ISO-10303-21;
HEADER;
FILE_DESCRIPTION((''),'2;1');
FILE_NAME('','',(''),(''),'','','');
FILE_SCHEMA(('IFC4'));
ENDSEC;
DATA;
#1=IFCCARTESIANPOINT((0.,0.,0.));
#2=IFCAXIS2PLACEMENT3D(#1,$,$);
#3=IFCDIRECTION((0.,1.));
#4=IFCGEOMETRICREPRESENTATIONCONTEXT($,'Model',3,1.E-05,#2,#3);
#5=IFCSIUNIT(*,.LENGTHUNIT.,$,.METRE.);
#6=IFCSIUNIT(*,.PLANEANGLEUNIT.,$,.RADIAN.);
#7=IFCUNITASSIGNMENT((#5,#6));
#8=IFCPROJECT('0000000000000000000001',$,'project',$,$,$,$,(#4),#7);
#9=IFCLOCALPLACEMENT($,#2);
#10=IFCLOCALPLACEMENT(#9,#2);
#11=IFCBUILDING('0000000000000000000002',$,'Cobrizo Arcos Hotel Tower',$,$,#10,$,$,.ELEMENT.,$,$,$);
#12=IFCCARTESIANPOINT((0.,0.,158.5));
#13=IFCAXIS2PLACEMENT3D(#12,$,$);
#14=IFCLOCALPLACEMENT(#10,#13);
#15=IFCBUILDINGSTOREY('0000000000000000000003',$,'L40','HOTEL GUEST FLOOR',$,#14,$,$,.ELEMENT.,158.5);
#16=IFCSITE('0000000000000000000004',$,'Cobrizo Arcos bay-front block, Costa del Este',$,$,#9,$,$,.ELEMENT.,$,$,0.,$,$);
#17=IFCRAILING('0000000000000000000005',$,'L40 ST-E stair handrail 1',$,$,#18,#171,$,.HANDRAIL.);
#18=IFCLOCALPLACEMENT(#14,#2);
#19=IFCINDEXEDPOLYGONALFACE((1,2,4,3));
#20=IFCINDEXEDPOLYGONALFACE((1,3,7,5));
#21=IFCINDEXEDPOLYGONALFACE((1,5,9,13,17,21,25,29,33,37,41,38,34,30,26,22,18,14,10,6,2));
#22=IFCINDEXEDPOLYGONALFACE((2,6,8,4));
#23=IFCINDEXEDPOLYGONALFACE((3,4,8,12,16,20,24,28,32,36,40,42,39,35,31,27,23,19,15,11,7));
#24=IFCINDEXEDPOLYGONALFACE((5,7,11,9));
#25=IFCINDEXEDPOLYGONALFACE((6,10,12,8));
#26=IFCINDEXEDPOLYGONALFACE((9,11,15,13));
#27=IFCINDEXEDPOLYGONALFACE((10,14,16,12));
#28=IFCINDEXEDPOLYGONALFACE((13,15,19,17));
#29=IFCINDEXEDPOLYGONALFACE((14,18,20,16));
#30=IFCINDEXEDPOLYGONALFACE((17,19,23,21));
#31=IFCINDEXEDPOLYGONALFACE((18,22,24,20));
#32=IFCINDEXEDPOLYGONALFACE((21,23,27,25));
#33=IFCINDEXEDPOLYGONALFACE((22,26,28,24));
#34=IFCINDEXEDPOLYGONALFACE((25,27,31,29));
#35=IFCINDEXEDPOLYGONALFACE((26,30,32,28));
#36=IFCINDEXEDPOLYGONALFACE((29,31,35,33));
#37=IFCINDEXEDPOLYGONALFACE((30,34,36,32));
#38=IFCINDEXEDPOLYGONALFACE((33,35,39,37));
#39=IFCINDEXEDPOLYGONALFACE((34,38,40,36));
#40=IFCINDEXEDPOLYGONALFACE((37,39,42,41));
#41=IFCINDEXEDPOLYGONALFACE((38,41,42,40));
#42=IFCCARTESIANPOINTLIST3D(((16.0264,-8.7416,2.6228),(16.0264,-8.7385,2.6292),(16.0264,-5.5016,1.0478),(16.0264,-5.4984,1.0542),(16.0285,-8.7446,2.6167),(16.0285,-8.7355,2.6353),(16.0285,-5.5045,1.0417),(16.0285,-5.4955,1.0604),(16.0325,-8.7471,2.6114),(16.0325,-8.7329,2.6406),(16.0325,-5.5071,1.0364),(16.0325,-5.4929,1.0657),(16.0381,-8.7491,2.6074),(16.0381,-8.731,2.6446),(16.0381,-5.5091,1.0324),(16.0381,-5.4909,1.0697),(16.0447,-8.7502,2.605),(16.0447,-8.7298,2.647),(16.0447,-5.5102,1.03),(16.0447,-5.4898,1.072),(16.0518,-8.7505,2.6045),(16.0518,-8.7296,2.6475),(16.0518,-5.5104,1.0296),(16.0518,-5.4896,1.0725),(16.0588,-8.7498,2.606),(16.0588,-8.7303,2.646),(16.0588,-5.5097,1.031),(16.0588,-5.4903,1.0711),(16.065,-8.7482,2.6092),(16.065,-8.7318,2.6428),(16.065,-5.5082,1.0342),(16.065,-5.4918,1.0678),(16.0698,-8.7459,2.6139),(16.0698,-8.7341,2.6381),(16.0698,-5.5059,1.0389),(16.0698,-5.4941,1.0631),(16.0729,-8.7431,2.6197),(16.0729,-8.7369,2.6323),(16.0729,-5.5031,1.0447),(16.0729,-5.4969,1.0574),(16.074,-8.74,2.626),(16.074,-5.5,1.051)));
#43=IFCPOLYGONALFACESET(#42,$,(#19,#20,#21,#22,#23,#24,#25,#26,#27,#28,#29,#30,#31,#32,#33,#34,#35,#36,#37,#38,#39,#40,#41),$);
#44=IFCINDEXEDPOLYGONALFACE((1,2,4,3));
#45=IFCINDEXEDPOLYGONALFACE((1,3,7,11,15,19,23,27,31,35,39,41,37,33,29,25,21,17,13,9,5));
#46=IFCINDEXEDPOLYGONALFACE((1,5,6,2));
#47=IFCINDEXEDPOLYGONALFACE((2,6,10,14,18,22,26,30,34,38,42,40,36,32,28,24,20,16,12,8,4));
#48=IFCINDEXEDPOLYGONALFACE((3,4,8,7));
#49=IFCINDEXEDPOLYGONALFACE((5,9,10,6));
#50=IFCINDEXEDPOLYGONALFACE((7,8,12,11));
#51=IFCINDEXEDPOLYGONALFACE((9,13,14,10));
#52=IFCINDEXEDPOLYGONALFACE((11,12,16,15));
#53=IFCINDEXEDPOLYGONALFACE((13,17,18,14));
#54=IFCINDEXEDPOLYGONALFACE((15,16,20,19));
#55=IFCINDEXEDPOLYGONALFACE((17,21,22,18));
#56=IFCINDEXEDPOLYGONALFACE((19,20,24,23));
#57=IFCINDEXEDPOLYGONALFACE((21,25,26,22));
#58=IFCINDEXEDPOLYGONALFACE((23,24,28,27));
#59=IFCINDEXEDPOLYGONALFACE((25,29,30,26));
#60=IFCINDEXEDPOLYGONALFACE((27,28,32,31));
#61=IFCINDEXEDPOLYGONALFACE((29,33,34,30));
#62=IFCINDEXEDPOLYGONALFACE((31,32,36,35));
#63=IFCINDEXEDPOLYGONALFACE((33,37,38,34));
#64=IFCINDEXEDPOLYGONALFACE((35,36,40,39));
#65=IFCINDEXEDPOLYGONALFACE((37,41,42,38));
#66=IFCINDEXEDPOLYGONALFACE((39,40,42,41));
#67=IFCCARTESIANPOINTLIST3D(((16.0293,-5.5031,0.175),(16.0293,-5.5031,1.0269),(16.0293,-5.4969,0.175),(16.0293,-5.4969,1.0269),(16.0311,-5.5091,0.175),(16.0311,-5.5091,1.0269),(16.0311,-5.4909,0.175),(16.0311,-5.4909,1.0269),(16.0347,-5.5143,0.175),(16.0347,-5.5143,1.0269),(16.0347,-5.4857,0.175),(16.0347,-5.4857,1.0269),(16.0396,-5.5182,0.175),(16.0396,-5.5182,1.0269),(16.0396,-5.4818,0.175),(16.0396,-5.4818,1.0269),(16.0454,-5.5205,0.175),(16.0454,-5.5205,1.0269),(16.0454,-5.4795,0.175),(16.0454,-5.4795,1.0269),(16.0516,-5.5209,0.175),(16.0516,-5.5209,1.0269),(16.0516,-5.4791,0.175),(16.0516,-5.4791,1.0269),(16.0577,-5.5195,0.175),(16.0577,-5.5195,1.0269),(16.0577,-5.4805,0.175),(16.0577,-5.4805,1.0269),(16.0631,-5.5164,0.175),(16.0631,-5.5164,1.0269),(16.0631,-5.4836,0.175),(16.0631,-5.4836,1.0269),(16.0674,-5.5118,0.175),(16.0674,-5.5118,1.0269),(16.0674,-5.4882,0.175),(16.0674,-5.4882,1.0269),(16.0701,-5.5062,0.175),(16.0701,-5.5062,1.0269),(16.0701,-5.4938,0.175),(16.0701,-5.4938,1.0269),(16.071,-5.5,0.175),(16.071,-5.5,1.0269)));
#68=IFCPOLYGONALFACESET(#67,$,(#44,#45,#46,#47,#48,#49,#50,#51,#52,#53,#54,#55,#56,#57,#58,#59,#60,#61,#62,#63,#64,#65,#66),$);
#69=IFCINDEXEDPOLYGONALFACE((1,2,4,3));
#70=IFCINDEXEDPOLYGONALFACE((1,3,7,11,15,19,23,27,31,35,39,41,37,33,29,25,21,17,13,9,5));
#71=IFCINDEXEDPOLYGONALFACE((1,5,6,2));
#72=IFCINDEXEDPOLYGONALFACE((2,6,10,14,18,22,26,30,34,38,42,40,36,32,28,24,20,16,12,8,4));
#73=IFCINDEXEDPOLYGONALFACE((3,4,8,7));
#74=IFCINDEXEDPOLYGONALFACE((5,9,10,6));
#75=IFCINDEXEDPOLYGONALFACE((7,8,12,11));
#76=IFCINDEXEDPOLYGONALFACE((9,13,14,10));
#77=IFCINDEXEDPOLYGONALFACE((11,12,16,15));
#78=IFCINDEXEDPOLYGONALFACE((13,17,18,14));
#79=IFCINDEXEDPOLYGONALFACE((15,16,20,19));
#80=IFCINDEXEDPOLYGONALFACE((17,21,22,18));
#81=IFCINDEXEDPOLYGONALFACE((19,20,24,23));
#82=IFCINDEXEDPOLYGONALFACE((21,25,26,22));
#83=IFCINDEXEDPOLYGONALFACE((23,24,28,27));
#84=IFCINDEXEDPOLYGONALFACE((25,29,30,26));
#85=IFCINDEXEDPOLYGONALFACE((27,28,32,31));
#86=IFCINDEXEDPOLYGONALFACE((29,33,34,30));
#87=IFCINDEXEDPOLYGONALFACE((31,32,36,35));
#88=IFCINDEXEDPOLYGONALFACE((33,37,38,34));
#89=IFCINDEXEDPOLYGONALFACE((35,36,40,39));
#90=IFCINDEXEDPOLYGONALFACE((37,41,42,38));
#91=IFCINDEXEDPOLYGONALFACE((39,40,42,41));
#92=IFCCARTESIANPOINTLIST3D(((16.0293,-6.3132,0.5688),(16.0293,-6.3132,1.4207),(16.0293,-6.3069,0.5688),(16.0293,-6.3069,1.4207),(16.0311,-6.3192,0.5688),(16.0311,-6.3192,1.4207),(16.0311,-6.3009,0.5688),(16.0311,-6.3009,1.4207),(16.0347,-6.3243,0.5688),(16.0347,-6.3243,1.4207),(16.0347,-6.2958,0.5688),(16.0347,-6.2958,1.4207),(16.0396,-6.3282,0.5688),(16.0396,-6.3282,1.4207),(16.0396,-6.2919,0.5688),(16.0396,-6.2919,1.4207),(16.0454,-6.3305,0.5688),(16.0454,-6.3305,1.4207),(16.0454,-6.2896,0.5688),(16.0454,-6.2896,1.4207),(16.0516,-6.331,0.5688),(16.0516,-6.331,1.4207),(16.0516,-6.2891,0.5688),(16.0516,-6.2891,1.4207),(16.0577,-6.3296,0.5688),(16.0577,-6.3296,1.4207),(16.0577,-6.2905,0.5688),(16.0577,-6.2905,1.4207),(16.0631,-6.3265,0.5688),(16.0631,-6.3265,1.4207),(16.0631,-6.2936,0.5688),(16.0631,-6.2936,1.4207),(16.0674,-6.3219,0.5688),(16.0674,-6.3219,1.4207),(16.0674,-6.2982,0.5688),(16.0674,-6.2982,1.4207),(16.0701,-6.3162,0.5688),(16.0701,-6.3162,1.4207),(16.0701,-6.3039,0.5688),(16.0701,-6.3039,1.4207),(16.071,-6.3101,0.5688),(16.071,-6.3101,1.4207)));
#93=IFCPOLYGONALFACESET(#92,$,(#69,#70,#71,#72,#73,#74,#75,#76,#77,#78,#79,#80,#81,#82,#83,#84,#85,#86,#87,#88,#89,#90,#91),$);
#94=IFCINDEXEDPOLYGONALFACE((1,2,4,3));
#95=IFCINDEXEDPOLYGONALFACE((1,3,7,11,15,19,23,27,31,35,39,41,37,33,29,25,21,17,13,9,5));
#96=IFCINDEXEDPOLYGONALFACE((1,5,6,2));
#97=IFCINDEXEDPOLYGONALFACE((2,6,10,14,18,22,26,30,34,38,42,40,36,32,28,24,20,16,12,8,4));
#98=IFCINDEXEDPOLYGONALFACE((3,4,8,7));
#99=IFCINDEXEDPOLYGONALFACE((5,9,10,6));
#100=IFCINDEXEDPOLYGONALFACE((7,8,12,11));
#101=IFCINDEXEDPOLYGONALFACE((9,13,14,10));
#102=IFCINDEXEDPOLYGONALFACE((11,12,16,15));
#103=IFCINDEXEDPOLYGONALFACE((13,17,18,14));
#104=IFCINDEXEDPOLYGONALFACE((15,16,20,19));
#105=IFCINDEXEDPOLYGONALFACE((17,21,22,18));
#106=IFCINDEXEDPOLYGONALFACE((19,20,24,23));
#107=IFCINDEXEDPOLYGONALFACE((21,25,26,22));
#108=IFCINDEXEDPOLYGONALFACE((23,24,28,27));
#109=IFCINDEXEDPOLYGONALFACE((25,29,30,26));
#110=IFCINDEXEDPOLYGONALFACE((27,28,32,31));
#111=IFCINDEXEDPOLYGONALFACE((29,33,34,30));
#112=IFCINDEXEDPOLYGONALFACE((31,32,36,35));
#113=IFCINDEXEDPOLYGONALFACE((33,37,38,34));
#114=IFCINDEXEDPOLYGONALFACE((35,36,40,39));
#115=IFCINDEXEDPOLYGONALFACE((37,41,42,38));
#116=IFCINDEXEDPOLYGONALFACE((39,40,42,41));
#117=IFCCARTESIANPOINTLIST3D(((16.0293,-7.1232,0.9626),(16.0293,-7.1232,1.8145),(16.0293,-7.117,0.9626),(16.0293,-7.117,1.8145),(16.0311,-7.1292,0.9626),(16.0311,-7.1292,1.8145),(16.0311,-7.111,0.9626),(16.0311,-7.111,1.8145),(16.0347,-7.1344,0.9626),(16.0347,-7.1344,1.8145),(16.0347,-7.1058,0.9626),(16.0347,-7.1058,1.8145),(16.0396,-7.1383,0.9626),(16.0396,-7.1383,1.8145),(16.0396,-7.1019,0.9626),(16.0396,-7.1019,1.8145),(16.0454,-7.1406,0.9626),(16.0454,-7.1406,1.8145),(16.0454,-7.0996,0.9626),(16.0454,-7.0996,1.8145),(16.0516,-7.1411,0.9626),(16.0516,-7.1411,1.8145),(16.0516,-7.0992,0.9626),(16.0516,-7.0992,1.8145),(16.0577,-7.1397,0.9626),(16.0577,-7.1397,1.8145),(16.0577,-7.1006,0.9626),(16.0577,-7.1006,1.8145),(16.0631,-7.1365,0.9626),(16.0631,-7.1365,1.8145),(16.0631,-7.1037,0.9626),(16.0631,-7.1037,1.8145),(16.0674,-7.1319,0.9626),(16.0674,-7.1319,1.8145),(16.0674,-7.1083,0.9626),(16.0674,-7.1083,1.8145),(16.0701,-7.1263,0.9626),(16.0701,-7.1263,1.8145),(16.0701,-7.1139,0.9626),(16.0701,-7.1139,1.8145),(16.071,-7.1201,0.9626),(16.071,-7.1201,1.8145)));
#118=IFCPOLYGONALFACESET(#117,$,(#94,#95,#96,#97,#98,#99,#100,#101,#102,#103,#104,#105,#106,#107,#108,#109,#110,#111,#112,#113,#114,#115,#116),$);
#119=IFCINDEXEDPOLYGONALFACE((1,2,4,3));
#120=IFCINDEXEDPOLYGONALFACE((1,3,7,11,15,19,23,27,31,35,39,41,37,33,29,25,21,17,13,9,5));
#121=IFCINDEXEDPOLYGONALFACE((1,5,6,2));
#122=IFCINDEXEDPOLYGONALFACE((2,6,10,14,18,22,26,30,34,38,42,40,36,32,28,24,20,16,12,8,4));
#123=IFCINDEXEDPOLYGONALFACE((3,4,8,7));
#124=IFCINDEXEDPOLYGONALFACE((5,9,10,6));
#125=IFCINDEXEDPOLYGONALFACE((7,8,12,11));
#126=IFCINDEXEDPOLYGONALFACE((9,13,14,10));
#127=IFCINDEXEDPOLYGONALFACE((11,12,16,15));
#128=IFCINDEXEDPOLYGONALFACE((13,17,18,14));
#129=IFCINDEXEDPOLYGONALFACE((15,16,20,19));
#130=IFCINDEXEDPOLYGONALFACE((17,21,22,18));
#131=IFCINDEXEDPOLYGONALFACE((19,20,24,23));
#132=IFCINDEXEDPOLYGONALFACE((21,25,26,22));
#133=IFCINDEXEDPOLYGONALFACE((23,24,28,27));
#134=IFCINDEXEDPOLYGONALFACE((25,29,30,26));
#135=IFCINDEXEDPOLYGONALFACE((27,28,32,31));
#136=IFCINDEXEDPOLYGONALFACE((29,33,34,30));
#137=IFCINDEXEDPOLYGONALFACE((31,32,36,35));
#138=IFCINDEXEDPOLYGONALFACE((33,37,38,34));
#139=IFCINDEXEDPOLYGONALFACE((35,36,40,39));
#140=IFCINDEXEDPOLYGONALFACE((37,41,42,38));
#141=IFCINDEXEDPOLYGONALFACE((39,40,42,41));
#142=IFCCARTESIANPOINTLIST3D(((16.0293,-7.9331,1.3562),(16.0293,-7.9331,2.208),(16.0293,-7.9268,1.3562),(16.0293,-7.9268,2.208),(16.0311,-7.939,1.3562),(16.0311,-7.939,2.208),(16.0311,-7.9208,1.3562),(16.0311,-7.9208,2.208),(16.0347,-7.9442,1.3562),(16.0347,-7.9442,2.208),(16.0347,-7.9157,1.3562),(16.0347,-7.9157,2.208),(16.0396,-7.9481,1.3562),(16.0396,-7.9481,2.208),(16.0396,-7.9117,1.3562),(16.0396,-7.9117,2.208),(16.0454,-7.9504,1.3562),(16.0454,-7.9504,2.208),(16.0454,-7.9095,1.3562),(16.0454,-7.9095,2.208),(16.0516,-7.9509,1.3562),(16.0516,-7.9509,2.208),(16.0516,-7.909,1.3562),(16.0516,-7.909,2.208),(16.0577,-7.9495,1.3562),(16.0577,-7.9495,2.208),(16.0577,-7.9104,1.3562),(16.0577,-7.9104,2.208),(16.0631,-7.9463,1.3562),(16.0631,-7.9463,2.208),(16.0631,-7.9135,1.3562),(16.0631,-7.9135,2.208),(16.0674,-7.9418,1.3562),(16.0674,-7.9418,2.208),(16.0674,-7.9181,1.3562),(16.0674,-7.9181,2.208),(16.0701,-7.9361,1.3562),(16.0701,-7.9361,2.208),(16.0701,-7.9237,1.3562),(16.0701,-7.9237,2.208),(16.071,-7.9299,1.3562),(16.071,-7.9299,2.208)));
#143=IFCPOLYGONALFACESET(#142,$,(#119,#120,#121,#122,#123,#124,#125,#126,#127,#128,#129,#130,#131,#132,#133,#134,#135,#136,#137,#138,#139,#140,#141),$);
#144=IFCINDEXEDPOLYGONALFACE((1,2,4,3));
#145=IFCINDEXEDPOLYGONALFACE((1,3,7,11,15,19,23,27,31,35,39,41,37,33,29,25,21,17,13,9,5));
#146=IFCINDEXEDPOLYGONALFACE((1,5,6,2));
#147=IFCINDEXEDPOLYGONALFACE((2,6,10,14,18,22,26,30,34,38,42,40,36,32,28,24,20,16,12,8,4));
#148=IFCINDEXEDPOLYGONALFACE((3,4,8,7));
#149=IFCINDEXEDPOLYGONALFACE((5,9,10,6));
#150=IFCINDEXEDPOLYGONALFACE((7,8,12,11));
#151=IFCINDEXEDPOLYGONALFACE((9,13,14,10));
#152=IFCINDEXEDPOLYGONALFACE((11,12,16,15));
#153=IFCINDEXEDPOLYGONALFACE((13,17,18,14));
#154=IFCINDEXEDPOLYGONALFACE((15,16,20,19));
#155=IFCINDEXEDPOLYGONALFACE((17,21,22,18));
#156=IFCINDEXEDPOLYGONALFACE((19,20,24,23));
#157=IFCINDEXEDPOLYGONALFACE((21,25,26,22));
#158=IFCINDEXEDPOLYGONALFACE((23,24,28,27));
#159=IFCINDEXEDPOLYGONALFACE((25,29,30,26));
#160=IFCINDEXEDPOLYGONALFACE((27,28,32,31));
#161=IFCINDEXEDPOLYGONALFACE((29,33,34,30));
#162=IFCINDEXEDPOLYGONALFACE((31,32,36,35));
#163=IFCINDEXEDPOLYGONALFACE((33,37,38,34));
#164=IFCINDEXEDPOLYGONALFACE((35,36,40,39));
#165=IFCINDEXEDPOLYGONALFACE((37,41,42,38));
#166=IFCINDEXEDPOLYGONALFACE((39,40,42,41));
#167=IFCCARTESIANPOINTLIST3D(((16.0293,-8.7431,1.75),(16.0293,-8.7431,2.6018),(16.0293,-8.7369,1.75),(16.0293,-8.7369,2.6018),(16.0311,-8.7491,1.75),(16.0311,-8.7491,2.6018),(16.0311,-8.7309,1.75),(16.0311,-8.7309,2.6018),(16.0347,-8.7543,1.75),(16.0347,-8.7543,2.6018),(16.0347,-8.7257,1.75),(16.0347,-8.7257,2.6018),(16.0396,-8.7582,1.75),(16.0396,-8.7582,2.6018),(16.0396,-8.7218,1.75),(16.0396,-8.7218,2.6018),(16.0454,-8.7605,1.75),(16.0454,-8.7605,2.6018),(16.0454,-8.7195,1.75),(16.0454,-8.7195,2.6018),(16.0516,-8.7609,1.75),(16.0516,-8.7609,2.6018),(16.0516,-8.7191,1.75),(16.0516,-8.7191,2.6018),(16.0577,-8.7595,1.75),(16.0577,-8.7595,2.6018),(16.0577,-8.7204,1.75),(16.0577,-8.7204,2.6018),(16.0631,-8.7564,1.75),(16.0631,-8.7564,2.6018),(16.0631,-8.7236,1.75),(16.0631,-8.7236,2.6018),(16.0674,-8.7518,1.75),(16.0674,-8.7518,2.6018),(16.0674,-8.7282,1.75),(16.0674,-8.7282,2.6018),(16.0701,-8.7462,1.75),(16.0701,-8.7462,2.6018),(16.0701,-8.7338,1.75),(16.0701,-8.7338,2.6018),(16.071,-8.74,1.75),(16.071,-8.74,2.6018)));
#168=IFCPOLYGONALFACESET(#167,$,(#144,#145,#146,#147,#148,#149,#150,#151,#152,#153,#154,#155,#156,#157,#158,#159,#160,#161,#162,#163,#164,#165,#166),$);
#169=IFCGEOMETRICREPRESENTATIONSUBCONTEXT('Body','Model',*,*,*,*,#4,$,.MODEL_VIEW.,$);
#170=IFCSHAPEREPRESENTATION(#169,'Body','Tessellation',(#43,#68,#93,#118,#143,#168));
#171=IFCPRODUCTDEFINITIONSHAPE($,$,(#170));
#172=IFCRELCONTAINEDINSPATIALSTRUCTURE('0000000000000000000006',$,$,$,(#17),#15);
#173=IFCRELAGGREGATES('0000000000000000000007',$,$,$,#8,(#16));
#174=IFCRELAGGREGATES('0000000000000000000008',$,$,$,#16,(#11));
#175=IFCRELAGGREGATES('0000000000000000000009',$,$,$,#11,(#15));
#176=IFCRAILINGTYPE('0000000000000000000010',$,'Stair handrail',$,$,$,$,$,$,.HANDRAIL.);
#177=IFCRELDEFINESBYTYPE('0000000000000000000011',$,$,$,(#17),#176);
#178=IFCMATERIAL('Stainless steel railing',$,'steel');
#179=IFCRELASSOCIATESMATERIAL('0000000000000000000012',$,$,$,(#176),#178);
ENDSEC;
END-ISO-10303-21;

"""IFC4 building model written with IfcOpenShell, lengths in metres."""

from ifc_helpers import new_model, si_unit, direction, frame, origin, origin_2d, place, context, subcontext, project, spatial, circle, extrude, material, type_object, element, save


model = new_model("IFC4")

# Units and contexts
model_context = context("Model", 3, precision=1e-05, world=origin(), true_north=direction((0.0, 1.0)))
body_context = subcontext(model_context, "Body", "Model", "MODEL_VIEW")
ifc_project = project(units=[si_unit("LENGTHUNIT", "METRE"), si_unit("PLANEANGLEUNIT", "RADIAN")], contexts=[model_context])

# Site, building, storey
site_placement = place(None, origin())
site = spatial("IfcSite", under=ifc_project, at=site_placement, Name="Cobrizo Arcos bay-front block, Costa del Este", CompositionType="ELEMENT", RefElevation=0.0)
building_placement = place(site_placement, origin())
building = spatial("IfcBuilding", under=site, at=building_placement, Name="Cobrizo Arcos Hotel Tower", CompositionType="ELEMENT")
storey_placement = place(building_placement, frame((0.0, 0.0, 158.5)))
storey = spatial("IfcBuildingStorey", under=building, at=storey_placement, Name="L40", Description="HOTEL GUEST FLOOR", CompositionType="ELEMENT", Elevation=158.5)

# Railing
ifc_material_1 = material(Name="Stainless steel railing", Category="steel")
railing_type_1 = type_object("IfcRailingType", Name="Stair handrail", PredefinedType="HANDRAIL", material=ifc_material_1)
railing_1_placement = place(storey_placement, frame((16.05, -5.5, 0.175)))
element("IfcRailing", 1, at=railing_1_placement, inside=storey, type_object=railing_type_1, Name="L40 ST-E stair handrail 1", PredefinedType="HANDRAIL", context=body_context, shape_type="SweptSolid", body=[
    extrude(circle(Radius=0.0239, at=origin_2d()), frame((0.0, 0.0, 0.876), z_axis=(0.0, -0.899373, 0.437183), x_axis=(1.0, 0.0, 0.0)), (0.0, 0.0, 1.0), 3.6025),
    extrude(circle(Radius=0.021, at=origin_2d()), origin(), (0.0, 0.0, 1.0), 0.8518),
    extrude(circle(Radius=0.021, at=origin_2d()), frame((0.0, -0.8101, 0.3938)), (0.0, 0.0, 1.0), 0.8518),
    extrude(circle(Radius=0.021, at=origin_2d()), frame((0.0, -1.6201, 0.7876)), (0.0, 0.0, 1.0), 0.8518),
    extrude(circle(Radius=0.021, at=origin_2d()), frame((0.0, -2.4299, 1.1812)), (0.0, 0.0, 1.0), 0.8518),
    extrude(circle(Radius=0.021, at=origin_2d()), frame((0.0, -3.24, 1.575)), (0.0, 0.0, 1.0), 0.8518),
])

save(model, "model.ifc")
